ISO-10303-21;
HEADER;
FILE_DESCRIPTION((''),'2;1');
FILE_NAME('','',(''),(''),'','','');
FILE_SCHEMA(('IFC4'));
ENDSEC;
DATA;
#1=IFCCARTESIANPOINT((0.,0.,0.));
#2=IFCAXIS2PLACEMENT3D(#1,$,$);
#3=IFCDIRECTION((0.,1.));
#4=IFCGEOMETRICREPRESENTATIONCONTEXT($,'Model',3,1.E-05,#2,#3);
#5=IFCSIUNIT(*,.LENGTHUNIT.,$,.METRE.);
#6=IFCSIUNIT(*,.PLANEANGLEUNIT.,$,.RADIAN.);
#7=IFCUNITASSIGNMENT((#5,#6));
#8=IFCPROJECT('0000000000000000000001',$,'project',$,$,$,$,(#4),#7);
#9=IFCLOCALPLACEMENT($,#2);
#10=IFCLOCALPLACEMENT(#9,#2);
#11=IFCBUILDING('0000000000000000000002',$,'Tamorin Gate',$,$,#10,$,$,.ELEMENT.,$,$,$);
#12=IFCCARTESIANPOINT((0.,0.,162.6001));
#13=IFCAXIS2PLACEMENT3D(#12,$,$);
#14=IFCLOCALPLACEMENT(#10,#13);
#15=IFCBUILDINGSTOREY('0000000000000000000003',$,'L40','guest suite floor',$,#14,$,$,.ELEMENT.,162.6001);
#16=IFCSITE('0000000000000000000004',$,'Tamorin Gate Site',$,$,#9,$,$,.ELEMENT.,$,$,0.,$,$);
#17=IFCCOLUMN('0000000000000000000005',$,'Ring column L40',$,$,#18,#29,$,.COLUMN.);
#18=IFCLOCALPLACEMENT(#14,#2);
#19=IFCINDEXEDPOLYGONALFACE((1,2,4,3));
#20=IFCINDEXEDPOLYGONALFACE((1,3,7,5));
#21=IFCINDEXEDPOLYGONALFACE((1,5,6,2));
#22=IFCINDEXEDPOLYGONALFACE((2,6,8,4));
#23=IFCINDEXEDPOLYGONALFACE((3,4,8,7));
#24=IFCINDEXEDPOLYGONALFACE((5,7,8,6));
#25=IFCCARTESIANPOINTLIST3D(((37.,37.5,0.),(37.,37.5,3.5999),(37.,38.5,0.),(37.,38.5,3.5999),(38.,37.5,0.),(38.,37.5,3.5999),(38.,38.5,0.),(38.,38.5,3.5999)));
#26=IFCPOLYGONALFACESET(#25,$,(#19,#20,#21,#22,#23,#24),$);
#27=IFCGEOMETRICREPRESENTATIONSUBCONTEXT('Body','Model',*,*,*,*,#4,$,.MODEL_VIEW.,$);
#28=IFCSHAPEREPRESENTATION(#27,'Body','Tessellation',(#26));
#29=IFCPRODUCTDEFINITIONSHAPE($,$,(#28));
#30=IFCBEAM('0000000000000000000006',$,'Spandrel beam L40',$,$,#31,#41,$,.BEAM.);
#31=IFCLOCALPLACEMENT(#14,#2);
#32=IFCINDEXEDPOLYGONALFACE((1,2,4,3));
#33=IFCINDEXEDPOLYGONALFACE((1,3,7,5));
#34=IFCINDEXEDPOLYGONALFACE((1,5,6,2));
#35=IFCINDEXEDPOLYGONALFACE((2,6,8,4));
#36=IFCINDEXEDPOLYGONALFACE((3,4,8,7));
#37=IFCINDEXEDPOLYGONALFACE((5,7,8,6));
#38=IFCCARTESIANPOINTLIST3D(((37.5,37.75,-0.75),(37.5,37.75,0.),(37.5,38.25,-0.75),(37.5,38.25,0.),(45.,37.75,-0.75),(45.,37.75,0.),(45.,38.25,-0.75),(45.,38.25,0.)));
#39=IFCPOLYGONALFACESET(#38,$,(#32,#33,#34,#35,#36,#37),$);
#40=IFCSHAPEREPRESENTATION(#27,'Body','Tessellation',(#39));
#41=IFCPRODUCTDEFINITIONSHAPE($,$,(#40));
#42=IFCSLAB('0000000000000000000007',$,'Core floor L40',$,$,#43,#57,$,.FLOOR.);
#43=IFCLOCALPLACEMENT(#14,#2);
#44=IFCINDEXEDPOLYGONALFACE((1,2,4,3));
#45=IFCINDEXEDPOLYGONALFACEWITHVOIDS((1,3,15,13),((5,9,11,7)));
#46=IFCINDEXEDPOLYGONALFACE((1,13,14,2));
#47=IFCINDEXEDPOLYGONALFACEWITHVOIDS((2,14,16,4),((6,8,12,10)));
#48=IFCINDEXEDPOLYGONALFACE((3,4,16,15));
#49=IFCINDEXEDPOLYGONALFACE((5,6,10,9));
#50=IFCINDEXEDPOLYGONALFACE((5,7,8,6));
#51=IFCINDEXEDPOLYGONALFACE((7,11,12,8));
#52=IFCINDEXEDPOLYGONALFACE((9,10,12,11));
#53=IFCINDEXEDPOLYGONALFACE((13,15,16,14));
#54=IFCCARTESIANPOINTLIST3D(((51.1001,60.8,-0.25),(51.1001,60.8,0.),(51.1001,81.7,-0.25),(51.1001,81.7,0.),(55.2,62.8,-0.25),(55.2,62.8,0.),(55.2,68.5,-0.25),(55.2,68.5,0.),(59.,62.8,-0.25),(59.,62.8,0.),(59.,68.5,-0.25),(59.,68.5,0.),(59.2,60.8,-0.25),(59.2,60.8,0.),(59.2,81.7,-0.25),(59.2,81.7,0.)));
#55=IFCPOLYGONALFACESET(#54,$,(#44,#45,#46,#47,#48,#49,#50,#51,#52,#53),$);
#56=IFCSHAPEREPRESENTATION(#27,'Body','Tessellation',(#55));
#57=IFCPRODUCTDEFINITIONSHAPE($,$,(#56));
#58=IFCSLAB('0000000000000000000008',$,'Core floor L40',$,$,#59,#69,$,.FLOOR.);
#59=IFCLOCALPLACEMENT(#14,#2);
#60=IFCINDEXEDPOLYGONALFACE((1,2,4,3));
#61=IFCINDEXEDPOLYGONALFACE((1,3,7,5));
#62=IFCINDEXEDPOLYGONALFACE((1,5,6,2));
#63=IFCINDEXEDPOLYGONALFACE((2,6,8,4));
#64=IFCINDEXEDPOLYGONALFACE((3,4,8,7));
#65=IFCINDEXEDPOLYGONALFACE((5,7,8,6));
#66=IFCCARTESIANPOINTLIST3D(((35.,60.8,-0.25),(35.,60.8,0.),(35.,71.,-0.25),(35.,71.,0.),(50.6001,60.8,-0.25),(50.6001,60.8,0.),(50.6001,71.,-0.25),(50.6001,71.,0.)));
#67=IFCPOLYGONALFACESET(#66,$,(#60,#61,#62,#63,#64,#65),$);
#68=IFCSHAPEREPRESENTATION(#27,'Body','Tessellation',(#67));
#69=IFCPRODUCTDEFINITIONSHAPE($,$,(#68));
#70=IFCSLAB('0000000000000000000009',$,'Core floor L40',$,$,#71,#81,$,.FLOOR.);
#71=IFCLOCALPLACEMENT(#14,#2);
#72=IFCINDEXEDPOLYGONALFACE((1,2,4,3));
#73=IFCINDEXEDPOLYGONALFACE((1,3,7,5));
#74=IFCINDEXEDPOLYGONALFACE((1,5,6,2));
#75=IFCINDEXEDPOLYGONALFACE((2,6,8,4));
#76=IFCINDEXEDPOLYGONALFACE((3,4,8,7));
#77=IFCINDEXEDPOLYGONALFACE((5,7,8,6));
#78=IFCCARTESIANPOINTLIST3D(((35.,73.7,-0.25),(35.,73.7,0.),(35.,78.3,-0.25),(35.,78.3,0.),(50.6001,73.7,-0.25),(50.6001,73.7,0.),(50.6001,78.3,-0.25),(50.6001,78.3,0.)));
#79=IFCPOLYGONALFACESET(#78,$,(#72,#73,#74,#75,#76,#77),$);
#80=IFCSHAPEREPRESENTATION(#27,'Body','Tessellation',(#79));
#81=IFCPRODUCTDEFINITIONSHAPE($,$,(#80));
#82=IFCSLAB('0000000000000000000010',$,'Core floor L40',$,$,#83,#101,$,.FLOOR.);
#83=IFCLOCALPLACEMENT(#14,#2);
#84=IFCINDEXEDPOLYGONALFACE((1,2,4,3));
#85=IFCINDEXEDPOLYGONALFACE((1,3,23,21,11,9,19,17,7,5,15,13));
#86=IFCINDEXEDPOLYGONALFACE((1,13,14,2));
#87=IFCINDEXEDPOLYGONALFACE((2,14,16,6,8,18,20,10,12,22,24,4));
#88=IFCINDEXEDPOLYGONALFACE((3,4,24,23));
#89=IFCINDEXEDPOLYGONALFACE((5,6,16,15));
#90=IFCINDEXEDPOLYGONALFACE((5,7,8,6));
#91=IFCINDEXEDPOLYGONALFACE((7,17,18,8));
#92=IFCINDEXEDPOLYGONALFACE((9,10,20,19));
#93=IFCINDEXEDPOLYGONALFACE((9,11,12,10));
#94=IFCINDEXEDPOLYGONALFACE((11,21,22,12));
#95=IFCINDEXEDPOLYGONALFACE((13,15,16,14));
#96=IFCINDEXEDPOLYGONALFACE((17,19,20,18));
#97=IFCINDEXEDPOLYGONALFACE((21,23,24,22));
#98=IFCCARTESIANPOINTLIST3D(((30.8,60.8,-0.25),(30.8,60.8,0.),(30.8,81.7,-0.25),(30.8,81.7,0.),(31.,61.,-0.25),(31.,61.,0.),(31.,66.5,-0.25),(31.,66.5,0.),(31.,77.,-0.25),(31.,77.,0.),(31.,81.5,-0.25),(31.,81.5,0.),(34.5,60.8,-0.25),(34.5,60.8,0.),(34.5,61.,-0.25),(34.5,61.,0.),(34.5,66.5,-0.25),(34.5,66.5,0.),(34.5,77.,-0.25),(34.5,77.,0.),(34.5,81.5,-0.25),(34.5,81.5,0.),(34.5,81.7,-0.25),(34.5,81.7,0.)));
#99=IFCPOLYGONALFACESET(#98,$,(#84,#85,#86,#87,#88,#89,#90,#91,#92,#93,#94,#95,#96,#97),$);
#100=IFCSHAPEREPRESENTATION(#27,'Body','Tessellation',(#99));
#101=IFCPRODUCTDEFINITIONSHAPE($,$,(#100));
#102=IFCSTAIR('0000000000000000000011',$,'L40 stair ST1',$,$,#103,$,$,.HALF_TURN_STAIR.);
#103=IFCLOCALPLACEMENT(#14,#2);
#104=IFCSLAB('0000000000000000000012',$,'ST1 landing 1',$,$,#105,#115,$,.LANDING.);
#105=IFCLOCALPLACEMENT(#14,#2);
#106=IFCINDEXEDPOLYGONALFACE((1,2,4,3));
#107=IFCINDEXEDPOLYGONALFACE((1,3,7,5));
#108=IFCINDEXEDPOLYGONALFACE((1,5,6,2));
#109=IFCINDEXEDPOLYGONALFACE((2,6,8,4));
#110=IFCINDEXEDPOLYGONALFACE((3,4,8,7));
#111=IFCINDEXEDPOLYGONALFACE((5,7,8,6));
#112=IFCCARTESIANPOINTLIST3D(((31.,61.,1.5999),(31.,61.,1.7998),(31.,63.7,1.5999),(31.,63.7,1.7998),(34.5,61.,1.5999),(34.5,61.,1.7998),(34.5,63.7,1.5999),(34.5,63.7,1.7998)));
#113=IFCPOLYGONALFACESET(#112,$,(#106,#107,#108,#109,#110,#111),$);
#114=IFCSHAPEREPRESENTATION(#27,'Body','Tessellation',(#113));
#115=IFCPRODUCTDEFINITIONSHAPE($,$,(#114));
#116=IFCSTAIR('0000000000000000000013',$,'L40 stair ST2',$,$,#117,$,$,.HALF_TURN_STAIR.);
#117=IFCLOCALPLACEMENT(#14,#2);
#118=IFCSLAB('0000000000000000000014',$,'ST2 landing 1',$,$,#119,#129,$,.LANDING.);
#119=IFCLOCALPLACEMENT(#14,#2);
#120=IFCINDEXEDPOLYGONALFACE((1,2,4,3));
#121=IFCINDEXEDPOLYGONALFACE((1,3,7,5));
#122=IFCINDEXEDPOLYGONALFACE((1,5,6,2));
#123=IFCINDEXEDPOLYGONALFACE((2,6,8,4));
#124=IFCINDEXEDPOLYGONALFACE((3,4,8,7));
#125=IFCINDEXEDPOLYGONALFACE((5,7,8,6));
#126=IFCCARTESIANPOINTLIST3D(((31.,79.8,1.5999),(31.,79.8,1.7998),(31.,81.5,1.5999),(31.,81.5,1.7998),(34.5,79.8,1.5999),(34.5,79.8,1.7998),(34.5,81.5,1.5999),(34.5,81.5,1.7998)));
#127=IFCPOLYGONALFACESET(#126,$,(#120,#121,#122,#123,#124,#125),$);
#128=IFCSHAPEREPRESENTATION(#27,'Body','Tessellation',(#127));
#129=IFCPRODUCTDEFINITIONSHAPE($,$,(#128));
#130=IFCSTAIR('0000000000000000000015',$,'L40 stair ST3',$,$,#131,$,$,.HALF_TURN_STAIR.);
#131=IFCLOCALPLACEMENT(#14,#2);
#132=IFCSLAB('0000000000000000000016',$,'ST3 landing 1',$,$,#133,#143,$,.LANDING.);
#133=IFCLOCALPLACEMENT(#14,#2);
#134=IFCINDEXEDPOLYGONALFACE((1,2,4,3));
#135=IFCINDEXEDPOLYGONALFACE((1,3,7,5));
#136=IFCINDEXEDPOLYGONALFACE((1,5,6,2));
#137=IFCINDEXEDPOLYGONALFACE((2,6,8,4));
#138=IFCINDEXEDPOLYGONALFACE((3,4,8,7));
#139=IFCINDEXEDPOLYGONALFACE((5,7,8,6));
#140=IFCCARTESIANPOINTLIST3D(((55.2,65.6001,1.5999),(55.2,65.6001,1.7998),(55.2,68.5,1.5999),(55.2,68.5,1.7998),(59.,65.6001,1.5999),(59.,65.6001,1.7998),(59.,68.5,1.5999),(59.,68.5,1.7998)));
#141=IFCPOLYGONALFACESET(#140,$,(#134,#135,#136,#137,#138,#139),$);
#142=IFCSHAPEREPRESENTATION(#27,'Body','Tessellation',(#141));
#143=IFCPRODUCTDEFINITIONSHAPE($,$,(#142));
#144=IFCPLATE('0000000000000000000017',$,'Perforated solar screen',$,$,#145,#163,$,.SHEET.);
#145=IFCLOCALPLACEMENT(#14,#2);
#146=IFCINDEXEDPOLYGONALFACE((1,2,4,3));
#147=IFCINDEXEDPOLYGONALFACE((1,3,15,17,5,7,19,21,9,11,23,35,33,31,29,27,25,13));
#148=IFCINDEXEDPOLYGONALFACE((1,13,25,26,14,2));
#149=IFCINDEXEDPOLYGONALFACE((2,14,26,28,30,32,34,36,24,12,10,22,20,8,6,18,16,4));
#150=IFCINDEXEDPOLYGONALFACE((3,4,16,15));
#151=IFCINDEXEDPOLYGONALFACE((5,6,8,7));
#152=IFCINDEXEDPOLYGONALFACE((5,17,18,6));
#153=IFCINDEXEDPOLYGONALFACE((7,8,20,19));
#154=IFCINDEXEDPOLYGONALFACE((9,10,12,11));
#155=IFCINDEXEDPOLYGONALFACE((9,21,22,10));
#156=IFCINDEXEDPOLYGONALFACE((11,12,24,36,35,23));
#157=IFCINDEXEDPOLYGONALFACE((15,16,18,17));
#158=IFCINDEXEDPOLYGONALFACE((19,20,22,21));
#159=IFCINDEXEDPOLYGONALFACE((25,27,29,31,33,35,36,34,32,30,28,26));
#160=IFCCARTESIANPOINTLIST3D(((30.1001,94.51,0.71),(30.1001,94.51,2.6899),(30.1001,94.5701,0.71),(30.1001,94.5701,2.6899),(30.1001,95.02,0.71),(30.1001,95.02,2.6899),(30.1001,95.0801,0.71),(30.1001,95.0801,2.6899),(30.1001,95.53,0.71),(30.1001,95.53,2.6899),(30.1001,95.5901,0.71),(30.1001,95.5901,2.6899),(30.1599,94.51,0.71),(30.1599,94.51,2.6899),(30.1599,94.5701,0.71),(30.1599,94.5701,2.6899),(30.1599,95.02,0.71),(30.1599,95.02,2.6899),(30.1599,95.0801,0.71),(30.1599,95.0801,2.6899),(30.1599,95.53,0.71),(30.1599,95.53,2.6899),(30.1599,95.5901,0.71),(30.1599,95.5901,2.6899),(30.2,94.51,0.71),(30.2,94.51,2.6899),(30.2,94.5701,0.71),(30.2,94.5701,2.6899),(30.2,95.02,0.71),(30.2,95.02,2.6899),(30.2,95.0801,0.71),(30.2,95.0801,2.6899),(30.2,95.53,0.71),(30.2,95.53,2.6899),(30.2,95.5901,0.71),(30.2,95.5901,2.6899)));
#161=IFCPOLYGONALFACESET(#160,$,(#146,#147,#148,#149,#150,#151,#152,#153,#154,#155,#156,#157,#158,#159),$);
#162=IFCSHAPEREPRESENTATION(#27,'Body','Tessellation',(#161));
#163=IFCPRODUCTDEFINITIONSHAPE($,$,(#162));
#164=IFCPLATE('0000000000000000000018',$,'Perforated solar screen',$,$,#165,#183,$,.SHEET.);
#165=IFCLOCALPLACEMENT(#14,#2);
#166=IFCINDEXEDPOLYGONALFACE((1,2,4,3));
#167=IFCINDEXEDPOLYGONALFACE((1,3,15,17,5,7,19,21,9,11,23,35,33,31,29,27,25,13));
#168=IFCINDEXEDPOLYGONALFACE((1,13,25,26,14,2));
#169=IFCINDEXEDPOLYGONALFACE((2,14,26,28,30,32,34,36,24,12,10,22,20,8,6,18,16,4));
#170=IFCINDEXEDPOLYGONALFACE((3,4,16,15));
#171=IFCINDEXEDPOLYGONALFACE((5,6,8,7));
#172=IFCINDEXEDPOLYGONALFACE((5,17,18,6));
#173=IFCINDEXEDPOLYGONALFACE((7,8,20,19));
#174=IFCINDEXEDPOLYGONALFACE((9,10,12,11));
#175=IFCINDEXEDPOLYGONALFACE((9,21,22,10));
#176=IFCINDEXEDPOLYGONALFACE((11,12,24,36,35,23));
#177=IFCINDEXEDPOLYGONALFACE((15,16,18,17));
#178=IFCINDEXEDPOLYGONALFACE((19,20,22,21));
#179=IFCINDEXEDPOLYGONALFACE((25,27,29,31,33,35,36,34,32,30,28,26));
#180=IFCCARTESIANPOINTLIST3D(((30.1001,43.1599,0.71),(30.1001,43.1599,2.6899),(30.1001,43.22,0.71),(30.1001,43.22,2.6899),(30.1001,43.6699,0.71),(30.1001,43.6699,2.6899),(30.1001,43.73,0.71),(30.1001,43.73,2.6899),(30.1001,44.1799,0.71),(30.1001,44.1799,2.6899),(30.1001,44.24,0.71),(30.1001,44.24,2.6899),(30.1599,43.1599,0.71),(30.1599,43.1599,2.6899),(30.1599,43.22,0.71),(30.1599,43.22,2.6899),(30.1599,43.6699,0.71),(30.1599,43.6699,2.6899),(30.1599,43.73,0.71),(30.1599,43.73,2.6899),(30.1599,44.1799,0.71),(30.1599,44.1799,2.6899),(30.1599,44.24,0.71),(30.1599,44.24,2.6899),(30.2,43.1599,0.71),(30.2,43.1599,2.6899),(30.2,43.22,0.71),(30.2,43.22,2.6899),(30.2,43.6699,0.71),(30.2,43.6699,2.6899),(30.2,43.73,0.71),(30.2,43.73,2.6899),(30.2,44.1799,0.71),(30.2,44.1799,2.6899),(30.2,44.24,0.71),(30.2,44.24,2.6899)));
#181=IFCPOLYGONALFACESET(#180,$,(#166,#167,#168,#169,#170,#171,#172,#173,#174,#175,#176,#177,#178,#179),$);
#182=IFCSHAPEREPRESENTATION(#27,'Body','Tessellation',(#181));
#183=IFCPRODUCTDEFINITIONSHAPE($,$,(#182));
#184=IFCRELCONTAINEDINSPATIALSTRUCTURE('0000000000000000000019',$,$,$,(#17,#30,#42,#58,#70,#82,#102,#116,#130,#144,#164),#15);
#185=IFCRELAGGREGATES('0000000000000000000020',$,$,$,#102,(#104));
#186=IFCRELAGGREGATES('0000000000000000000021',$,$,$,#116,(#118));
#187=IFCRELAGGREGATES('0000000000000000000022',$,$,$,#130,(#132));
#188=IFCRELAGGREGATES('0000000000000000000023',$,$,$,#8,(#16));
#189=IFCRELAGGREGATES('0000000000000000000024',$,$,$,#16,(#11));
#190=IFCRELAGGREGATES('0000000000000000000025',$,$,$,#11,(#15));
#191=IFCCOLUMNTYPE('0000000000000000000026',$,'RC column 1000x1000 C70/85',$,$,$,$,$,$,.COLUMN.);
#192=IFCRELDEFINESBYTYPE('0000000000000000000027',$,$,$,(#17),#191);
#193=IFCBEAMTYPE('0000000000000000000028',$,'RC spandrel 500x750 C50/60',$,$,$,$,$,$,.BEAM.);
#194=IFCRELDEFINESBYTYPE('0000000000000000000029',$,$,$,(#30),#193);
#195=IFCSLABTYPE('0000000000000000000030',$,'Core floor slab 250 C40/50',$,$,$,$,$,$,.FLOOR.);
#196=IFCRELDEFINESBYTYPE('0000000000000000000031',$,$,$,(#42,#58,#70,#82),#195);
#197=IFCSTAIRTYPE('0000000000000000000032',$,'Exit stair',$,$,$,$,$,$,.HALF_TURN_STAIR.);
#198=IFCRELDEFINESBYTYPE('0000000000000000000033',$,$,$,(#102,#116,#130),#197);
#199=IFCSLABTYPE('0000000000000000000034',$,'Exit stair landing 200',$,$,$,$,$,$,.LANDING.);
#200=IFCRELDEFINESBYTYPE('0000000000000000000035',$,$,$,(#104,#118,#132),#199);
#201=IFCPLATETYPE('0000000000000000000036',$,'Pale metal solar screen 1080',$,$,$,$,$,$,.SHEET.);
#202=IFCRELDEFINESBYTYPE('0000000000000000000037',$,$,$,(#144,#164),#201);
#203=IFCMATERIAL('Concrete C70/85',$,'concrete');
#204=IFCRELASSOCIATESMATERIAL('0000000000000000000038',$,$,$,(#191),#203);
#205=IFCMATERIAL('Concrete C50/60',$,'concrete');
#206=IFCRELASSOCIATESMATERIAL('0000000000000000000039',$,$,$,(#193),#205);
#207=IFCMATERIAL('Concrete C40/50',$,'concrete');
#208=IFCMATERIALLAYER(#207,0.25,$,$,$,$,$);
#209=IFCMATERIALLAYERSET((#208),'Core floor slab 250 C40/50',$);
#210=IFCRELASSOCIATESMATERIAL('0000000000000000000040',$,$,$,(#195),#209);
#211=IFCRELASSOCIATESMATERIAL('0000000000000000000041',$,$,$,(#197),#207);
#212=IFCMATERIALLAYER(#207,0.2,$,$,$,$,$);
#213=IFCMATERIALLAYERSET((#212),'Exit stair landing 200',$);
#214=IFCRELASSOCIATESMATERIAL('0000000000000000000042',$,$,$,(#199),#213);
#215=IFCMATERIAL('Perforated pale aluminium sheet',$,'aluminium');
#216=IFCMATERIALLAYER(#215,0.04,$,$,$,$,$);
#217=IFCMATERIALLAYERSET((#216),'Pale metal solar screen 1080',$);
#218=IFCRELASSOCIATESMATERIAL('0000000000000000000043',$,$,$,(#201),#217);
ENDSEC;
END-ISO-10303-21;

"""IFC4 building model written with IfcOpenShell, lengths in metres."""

from ifc_helpers import new_model, si_unit, direction, frame, origin, origin_2d, place, context, subcontext, project, spatial, polyline, rectangle, outline, extrude, material, layer, layer_set, material_profile, profile_set, type_object, element, aggregate, save


model = new_model("IFC4")

# Units and contexts
model_context = context("Model", 3, precision=1e-05, world=origin(), true_north=direction((0.0, 1.0)))
body_context = subcontext(model_context, "Body", "Model", "MODEL_VIEW")
ifc_project = project(units=[si_unit("LENGTHUNIT", "METRE"), si_unit("PLANEANGLEUNIT", "RADIAN")], contexts=[model_context])

# Site, building, storey
site_placement = place(None, origin())
site = spatial("IfcSite", under=ifc_project, at=site_placement, Name="Tamorin Gate Site", CompositionType="ELEMENT", RefElevation=0.0)
building_placement = place(site_placement, origin())
building = spatial("IfcBuilding", under=site, at=building_placement, Name="Tamorin Gate", CompositionType="ELEMENT")
storey_placement = place(building_placement, frame((0.0, 0.0, 162.6001)))
storey = spatial("IfcBuildingStorey", under=building, at=storey_placement, Name="L40", Description="guest suite floor", CompositionType="ELEMENT", Elevation=162.6001)

# Column
ifc_material_1 = material(Name="Concrete C70/85", Category="concrete")
ifc_material_profile_1 = material_profile(ifc_material_1, rectangle(XDim=1.0, YDim=1.0, at=origin_2d()), Name="RC 1000x1000")
ifc_profile_set_1 = profile_set([ifc_material_profile_1], Name="Concrete C70/85")
column_type = type_object("IfcColumnType", Name="RC column 1000x1000 C70/85", PredefinedType="COLUMN", material=ifc_profile_set_1)
column_placement = place(storey_placement, frame((37.5, 38.0, 0.0), z_axis=(0.0, 0.0, 1.0), x_axis=(1.0, 0.0, 0.0)))
element("IfcColumn", 1, at=column_placement, inside=storey, type_object=column_type, Name="Ring column L40", PredefinedType="COLUMN", context=body_context, shape_type="SweptSolid", body=[
    extrude(rectangle(XDim=1.0, YDim=1.0, at=origin_2d()), origin(), (0.0, 0.0, 1.0), 3.5999),
])

# Beam
ifc_material_2 = material(Name="Concrete C50/60", Category="concrete")
ifc_material_profile_2 = material_profile(ifc_material_2, rectangle(XDim=0.5, YDim=0.75, at=origin_2d()), Name="RC 500x750")
ifc_profile_set_2 = profile_set([ifc_material_profile_2], Name="Concrete C50/60")
beam_type = type_object("IfcBeamType", Name="RC spandrel 500x750 C50/60", PredefinedType="BEAM", material=ifc_profile_set_2)
beam_placement = place(storey_placement, frame((37.5, 38.0, -0.375), z_axis=(1.0, 0.0, 0.0), x_axis=(0.0, 1.0, 0.0)))
element("IfcBeam", 2, at=beam_placement, inside=storey, type_object=beam_type, Name="Spandrel beam L40", PredefinedType="BEAM", context=body_context, shape_type="SweptSolid", body=[
    extrude(rectangle(XDim=0.5, YDim=0.75, at=origin_2d()), origin(), (0.0, 0.0, 1.0), 7.5),
])

# Slabs
ifc_material_3 = material(Name="Concrete C40/50", Category="concrete")
ifc_layer_1 = layer(ifc_material_3, 0.25)
ifc_layer_set_1 = layer_set([ifc_layer_1], Name="Core floor slab 250 C40/50")
slab_type_1 = type_object("IfcSlabType", Name="Core floor slab 250 C40/50", PredefinedType="FLOOR", material=ifc_layer_set_1)
slab_1_placement = place(storey_placement, frame((0.0, 0.0, -0.25)))
element("IfcSlab", 3, at=slab_1_placement, inside=storey, type_object=slab_type_1, Name="Core floor L40", PredefinedType="FLOOR", context=body_context, shape_type="SweptSolid", body=[
    extrude(outline(polyline([(51.1001, 81.7), (59.2, 81.7), (59.2, 60.8), (51.1001, 60.8), (51.1001, 81.7)]), holes=[polyline([(55.2, 62.8), (59.0, 62.8), (59.0, 68.5), (55.2, 68.5), (55.2, 62.8)])]), origin(), (0.0, 0.0, 1.0), 0.25),
])
slab_2_placement = place(storey_placement, frame((0.0, 0.0, -0.25)))
element("IfcSlab", 4, at=slab_2_placement, inside=storey, type_object=slab_type_1, Name="Core floor L40", PredefinedType="FLOOR", context=body_context, shape_type="SweptSolid", body=[
    extrude(outline(polyline([(50.6001, 71.0), (50.6001, 60.8), (35.0, 60.8), (35.0, 71.0), (50.6001, 71.0)])), origin(), (0.0, 0.0, 1.0), 0.25),
])
slab_3_placement = place(storey_placement, frame((0.0, 0.0, -0.25)))
element("IfcSlab", 5, at=slab_3_placement, inside=storey, type_object=slab_type_1, Name="Core floor L40", PredefinedType="FLOOR", context=body_context, shape_type="SweptSolid", body=[
    extrude(outline(polyline([(50.6001, 73.7), (35.0, 73.7), (35.0, 78.3), (50.6001, 78.3), (50.6001, 73.7)])), origin(), (0.0, 0.0, 1.0), 0.25),
])
slab_4_placement = place(storey_placement, frame((0.0, 0.0, -0.25)))
element("IfcSlab", 6, at=slab_4_placement, inside=storey, type_object=slab_type_1, Name="Core floor L40", PredefinedType="FLOOR", context=body_context, shape_type="SweptSolid", body=[
    extrude(outline(polyline([(34.5, 60.8), (30.8, 60.8), (30.8, 81.7), (34.5, 81.7), (34.5, 81.5), (31.0, 81.5), (31.0, 77.0), (34.5, 77.0), (34.5, 66.5), (31.0, 66.5), (31.0, 61.0), (34.5, 61.0), (34.5, 60.8)])), origin(), (0.0, 0.0, 1.0), 0.25),
])

# Stairs, slabs
stair_type = type_object("IfcStairType", Name="Exit stair", PredefinedType="HALF_TURN_STAIR", material=ifc_material_3)
stair_1_placement = place(storey_placement, origin())
stair_1 = element("IfcStair", 7, at=stair_1_placement, inside=storey, type_object=stair_type, Name="L40 stair ST1", PredefinedType="HALF_TURN_STAIR")
ifc_layer_2 = layer(ifc_material_3, 0.2)
ifc_layer_set_2 = layer_set([ifc_layer_2], Name="Exit stair landing 200")
slab_type_2 = type_object("IfcSlabType", Name="Exit stair landing 200", PredefinedType="LANDING", material=ifc_layer_set_2)
slab_5_placement = place(storey_placement, frame((0.0, 0.0, 1.5999)))
slab_5 = element("IfcSlab", 8, at=slab_5_placement, type_object=slab_type_2, Name="ST1 landing 1", PredefinedType="LANDING", context=body_context, shape_type="SweptSolid", body=[
    extrude(outline(polyline([(31.0, 63.7), (31.0, 61.0), (34.5, 61.0), (34.5, 63.7), (31.0, 63.7)])), origin(), (0.0, 0.0, 1.0), 0.2),
])
aggregate(stair_1, [slab_5])
stair_2_placement = place(storey_placement, origin())
stair_2 = element("IfcStair", 9, at=stair_2_placement, inside=storey, type_object=stair_type, Name="L40 stair ST2", PredefinedType="HALF_TURN_STAIR")
slab_6_placement = place(storey_placement, frame((0.0, 0.0, 1.5999)))
slab_6 = element("IfcSlab", 10, at=slab_6_placement, type_object=slab_type_2, Name="ST2 landing 1", PredefinedType="LANDING", context=body_context, shape_type="SweptSolid", body=[
    extrude(outline(polyline([(34.5, 79.8), (34.5, 81.5), (31.0, 81.5), (31.0, 79.8), (34.5, 79.8)])), origin(), (0.0, 0.0, 1.0), 0.2),
])
aggregate(stair_2, [slab_6])
stair_3_placement = place(storey_placement, origin())
stair_3 = element("IfcStair", 11, at=stair_3_placement, inside=storey, type_object=stair_type, Name="L40 stair ST3", PredefinedType="HALF_TURN_STAIR")
slab_7_placement = place(storey_placement, frame((0.0, 0.0, 1.5999)))
slab_7 = element("IfcSlab", 12, at=slab_7_placement, type_object=slab_type_2, Name="ST3 landing 1", PredefinedType="LANDING", context=body_context, shape_type="SweptSolid", body=[
    extrude(outline(polyline([(59.0, 65.6001), (59.0, 68.5), (55.2, 68.5), (55.2, 65.6001), (59.0, 65.6001)])), origin(), (0.0, 0.0, 1.0), 0.2),
])
aggregate(stair_3, [slab_7])

# Plates
ifc_material_4 = material(Name="Perforated pale aluminium sheet", Category="aluminium")
ifc_layer_3 = layer(ifc_material_4, 0.04)
ifc_layer_set_3 = layer_set([ifc_layer_3], Name="Pale metal solar screen 1080")
plate_type_1 = type_object("IfcPlateType", Name="Pale metal solar screen 1080", PredefinedType="SHEET", material=ifc_layer_set_3)
plate_1_placement = place(storey_placement, frame((0.0, 0.0, 0.71)))
element("IfcPlate", 13, at=plate_1_placement, inside=storey, type_object=plate_type_1, Name="Perforated solar screen", PredefinedType="SHEET", context=body_context, shape_type="SweptSolid", body=[
    extrude(outline(polyline([(30.1599, 95.5901), (30.2, 95.5901), (30.2, 95.53), (30.2, 95.0801), (30.2, 95.02), (30.2, 94.5701), (30.2, 94.51), (30.1599, 94.51), (30.1001, 94.51), (30.1001, 94.5701), (30.1599, 94.5701), (30.1599, 95.02), (30.1001, 95.02), (30.1001, 95.0801), (30.1599, 95.0801), (30.1599, 95.53), (30.1001, 95.53), (30.1001, 95.5901), (30.1599, 95.5901)])), origin(), (0.0, 0.0, 1.0), 1.98),
])
plate_2_placement = place(storey_placement, frame((0.0, 0.0, 0.71)))
element("IfcPlate", 14, at=plate_2_placement, inside=storey, type_object=plate_type_1, Name="Perforated solar screen", PredefinedType="SHEET", context=body_context, shape_type="SweptSolid", body=[
    extrude(outline(polyline([(30.1599, 44.24), (30.2, 44.24), (30.2, 44.1799), (30.2, 43.73), (30.2, 43.6699), (30.2, 43.22), (30.2, 43.1599), (30.1599, 43.1599), (30.1001, 43.1599), (30.1001, 43.22), (30.1599, 43.22), (30.1599, 43.6699), (30.1001, 43.6699), (30.1001, 43.73), (30.1599, 43.73), (30.1599, 44.1799), (30.1001, 44.1799), (30.1001, 44.24), (30.1599, 44.24)])), origin(), (0.0, 0.0, 1.0), 1.98),
])

save(model, "model.ifc")
